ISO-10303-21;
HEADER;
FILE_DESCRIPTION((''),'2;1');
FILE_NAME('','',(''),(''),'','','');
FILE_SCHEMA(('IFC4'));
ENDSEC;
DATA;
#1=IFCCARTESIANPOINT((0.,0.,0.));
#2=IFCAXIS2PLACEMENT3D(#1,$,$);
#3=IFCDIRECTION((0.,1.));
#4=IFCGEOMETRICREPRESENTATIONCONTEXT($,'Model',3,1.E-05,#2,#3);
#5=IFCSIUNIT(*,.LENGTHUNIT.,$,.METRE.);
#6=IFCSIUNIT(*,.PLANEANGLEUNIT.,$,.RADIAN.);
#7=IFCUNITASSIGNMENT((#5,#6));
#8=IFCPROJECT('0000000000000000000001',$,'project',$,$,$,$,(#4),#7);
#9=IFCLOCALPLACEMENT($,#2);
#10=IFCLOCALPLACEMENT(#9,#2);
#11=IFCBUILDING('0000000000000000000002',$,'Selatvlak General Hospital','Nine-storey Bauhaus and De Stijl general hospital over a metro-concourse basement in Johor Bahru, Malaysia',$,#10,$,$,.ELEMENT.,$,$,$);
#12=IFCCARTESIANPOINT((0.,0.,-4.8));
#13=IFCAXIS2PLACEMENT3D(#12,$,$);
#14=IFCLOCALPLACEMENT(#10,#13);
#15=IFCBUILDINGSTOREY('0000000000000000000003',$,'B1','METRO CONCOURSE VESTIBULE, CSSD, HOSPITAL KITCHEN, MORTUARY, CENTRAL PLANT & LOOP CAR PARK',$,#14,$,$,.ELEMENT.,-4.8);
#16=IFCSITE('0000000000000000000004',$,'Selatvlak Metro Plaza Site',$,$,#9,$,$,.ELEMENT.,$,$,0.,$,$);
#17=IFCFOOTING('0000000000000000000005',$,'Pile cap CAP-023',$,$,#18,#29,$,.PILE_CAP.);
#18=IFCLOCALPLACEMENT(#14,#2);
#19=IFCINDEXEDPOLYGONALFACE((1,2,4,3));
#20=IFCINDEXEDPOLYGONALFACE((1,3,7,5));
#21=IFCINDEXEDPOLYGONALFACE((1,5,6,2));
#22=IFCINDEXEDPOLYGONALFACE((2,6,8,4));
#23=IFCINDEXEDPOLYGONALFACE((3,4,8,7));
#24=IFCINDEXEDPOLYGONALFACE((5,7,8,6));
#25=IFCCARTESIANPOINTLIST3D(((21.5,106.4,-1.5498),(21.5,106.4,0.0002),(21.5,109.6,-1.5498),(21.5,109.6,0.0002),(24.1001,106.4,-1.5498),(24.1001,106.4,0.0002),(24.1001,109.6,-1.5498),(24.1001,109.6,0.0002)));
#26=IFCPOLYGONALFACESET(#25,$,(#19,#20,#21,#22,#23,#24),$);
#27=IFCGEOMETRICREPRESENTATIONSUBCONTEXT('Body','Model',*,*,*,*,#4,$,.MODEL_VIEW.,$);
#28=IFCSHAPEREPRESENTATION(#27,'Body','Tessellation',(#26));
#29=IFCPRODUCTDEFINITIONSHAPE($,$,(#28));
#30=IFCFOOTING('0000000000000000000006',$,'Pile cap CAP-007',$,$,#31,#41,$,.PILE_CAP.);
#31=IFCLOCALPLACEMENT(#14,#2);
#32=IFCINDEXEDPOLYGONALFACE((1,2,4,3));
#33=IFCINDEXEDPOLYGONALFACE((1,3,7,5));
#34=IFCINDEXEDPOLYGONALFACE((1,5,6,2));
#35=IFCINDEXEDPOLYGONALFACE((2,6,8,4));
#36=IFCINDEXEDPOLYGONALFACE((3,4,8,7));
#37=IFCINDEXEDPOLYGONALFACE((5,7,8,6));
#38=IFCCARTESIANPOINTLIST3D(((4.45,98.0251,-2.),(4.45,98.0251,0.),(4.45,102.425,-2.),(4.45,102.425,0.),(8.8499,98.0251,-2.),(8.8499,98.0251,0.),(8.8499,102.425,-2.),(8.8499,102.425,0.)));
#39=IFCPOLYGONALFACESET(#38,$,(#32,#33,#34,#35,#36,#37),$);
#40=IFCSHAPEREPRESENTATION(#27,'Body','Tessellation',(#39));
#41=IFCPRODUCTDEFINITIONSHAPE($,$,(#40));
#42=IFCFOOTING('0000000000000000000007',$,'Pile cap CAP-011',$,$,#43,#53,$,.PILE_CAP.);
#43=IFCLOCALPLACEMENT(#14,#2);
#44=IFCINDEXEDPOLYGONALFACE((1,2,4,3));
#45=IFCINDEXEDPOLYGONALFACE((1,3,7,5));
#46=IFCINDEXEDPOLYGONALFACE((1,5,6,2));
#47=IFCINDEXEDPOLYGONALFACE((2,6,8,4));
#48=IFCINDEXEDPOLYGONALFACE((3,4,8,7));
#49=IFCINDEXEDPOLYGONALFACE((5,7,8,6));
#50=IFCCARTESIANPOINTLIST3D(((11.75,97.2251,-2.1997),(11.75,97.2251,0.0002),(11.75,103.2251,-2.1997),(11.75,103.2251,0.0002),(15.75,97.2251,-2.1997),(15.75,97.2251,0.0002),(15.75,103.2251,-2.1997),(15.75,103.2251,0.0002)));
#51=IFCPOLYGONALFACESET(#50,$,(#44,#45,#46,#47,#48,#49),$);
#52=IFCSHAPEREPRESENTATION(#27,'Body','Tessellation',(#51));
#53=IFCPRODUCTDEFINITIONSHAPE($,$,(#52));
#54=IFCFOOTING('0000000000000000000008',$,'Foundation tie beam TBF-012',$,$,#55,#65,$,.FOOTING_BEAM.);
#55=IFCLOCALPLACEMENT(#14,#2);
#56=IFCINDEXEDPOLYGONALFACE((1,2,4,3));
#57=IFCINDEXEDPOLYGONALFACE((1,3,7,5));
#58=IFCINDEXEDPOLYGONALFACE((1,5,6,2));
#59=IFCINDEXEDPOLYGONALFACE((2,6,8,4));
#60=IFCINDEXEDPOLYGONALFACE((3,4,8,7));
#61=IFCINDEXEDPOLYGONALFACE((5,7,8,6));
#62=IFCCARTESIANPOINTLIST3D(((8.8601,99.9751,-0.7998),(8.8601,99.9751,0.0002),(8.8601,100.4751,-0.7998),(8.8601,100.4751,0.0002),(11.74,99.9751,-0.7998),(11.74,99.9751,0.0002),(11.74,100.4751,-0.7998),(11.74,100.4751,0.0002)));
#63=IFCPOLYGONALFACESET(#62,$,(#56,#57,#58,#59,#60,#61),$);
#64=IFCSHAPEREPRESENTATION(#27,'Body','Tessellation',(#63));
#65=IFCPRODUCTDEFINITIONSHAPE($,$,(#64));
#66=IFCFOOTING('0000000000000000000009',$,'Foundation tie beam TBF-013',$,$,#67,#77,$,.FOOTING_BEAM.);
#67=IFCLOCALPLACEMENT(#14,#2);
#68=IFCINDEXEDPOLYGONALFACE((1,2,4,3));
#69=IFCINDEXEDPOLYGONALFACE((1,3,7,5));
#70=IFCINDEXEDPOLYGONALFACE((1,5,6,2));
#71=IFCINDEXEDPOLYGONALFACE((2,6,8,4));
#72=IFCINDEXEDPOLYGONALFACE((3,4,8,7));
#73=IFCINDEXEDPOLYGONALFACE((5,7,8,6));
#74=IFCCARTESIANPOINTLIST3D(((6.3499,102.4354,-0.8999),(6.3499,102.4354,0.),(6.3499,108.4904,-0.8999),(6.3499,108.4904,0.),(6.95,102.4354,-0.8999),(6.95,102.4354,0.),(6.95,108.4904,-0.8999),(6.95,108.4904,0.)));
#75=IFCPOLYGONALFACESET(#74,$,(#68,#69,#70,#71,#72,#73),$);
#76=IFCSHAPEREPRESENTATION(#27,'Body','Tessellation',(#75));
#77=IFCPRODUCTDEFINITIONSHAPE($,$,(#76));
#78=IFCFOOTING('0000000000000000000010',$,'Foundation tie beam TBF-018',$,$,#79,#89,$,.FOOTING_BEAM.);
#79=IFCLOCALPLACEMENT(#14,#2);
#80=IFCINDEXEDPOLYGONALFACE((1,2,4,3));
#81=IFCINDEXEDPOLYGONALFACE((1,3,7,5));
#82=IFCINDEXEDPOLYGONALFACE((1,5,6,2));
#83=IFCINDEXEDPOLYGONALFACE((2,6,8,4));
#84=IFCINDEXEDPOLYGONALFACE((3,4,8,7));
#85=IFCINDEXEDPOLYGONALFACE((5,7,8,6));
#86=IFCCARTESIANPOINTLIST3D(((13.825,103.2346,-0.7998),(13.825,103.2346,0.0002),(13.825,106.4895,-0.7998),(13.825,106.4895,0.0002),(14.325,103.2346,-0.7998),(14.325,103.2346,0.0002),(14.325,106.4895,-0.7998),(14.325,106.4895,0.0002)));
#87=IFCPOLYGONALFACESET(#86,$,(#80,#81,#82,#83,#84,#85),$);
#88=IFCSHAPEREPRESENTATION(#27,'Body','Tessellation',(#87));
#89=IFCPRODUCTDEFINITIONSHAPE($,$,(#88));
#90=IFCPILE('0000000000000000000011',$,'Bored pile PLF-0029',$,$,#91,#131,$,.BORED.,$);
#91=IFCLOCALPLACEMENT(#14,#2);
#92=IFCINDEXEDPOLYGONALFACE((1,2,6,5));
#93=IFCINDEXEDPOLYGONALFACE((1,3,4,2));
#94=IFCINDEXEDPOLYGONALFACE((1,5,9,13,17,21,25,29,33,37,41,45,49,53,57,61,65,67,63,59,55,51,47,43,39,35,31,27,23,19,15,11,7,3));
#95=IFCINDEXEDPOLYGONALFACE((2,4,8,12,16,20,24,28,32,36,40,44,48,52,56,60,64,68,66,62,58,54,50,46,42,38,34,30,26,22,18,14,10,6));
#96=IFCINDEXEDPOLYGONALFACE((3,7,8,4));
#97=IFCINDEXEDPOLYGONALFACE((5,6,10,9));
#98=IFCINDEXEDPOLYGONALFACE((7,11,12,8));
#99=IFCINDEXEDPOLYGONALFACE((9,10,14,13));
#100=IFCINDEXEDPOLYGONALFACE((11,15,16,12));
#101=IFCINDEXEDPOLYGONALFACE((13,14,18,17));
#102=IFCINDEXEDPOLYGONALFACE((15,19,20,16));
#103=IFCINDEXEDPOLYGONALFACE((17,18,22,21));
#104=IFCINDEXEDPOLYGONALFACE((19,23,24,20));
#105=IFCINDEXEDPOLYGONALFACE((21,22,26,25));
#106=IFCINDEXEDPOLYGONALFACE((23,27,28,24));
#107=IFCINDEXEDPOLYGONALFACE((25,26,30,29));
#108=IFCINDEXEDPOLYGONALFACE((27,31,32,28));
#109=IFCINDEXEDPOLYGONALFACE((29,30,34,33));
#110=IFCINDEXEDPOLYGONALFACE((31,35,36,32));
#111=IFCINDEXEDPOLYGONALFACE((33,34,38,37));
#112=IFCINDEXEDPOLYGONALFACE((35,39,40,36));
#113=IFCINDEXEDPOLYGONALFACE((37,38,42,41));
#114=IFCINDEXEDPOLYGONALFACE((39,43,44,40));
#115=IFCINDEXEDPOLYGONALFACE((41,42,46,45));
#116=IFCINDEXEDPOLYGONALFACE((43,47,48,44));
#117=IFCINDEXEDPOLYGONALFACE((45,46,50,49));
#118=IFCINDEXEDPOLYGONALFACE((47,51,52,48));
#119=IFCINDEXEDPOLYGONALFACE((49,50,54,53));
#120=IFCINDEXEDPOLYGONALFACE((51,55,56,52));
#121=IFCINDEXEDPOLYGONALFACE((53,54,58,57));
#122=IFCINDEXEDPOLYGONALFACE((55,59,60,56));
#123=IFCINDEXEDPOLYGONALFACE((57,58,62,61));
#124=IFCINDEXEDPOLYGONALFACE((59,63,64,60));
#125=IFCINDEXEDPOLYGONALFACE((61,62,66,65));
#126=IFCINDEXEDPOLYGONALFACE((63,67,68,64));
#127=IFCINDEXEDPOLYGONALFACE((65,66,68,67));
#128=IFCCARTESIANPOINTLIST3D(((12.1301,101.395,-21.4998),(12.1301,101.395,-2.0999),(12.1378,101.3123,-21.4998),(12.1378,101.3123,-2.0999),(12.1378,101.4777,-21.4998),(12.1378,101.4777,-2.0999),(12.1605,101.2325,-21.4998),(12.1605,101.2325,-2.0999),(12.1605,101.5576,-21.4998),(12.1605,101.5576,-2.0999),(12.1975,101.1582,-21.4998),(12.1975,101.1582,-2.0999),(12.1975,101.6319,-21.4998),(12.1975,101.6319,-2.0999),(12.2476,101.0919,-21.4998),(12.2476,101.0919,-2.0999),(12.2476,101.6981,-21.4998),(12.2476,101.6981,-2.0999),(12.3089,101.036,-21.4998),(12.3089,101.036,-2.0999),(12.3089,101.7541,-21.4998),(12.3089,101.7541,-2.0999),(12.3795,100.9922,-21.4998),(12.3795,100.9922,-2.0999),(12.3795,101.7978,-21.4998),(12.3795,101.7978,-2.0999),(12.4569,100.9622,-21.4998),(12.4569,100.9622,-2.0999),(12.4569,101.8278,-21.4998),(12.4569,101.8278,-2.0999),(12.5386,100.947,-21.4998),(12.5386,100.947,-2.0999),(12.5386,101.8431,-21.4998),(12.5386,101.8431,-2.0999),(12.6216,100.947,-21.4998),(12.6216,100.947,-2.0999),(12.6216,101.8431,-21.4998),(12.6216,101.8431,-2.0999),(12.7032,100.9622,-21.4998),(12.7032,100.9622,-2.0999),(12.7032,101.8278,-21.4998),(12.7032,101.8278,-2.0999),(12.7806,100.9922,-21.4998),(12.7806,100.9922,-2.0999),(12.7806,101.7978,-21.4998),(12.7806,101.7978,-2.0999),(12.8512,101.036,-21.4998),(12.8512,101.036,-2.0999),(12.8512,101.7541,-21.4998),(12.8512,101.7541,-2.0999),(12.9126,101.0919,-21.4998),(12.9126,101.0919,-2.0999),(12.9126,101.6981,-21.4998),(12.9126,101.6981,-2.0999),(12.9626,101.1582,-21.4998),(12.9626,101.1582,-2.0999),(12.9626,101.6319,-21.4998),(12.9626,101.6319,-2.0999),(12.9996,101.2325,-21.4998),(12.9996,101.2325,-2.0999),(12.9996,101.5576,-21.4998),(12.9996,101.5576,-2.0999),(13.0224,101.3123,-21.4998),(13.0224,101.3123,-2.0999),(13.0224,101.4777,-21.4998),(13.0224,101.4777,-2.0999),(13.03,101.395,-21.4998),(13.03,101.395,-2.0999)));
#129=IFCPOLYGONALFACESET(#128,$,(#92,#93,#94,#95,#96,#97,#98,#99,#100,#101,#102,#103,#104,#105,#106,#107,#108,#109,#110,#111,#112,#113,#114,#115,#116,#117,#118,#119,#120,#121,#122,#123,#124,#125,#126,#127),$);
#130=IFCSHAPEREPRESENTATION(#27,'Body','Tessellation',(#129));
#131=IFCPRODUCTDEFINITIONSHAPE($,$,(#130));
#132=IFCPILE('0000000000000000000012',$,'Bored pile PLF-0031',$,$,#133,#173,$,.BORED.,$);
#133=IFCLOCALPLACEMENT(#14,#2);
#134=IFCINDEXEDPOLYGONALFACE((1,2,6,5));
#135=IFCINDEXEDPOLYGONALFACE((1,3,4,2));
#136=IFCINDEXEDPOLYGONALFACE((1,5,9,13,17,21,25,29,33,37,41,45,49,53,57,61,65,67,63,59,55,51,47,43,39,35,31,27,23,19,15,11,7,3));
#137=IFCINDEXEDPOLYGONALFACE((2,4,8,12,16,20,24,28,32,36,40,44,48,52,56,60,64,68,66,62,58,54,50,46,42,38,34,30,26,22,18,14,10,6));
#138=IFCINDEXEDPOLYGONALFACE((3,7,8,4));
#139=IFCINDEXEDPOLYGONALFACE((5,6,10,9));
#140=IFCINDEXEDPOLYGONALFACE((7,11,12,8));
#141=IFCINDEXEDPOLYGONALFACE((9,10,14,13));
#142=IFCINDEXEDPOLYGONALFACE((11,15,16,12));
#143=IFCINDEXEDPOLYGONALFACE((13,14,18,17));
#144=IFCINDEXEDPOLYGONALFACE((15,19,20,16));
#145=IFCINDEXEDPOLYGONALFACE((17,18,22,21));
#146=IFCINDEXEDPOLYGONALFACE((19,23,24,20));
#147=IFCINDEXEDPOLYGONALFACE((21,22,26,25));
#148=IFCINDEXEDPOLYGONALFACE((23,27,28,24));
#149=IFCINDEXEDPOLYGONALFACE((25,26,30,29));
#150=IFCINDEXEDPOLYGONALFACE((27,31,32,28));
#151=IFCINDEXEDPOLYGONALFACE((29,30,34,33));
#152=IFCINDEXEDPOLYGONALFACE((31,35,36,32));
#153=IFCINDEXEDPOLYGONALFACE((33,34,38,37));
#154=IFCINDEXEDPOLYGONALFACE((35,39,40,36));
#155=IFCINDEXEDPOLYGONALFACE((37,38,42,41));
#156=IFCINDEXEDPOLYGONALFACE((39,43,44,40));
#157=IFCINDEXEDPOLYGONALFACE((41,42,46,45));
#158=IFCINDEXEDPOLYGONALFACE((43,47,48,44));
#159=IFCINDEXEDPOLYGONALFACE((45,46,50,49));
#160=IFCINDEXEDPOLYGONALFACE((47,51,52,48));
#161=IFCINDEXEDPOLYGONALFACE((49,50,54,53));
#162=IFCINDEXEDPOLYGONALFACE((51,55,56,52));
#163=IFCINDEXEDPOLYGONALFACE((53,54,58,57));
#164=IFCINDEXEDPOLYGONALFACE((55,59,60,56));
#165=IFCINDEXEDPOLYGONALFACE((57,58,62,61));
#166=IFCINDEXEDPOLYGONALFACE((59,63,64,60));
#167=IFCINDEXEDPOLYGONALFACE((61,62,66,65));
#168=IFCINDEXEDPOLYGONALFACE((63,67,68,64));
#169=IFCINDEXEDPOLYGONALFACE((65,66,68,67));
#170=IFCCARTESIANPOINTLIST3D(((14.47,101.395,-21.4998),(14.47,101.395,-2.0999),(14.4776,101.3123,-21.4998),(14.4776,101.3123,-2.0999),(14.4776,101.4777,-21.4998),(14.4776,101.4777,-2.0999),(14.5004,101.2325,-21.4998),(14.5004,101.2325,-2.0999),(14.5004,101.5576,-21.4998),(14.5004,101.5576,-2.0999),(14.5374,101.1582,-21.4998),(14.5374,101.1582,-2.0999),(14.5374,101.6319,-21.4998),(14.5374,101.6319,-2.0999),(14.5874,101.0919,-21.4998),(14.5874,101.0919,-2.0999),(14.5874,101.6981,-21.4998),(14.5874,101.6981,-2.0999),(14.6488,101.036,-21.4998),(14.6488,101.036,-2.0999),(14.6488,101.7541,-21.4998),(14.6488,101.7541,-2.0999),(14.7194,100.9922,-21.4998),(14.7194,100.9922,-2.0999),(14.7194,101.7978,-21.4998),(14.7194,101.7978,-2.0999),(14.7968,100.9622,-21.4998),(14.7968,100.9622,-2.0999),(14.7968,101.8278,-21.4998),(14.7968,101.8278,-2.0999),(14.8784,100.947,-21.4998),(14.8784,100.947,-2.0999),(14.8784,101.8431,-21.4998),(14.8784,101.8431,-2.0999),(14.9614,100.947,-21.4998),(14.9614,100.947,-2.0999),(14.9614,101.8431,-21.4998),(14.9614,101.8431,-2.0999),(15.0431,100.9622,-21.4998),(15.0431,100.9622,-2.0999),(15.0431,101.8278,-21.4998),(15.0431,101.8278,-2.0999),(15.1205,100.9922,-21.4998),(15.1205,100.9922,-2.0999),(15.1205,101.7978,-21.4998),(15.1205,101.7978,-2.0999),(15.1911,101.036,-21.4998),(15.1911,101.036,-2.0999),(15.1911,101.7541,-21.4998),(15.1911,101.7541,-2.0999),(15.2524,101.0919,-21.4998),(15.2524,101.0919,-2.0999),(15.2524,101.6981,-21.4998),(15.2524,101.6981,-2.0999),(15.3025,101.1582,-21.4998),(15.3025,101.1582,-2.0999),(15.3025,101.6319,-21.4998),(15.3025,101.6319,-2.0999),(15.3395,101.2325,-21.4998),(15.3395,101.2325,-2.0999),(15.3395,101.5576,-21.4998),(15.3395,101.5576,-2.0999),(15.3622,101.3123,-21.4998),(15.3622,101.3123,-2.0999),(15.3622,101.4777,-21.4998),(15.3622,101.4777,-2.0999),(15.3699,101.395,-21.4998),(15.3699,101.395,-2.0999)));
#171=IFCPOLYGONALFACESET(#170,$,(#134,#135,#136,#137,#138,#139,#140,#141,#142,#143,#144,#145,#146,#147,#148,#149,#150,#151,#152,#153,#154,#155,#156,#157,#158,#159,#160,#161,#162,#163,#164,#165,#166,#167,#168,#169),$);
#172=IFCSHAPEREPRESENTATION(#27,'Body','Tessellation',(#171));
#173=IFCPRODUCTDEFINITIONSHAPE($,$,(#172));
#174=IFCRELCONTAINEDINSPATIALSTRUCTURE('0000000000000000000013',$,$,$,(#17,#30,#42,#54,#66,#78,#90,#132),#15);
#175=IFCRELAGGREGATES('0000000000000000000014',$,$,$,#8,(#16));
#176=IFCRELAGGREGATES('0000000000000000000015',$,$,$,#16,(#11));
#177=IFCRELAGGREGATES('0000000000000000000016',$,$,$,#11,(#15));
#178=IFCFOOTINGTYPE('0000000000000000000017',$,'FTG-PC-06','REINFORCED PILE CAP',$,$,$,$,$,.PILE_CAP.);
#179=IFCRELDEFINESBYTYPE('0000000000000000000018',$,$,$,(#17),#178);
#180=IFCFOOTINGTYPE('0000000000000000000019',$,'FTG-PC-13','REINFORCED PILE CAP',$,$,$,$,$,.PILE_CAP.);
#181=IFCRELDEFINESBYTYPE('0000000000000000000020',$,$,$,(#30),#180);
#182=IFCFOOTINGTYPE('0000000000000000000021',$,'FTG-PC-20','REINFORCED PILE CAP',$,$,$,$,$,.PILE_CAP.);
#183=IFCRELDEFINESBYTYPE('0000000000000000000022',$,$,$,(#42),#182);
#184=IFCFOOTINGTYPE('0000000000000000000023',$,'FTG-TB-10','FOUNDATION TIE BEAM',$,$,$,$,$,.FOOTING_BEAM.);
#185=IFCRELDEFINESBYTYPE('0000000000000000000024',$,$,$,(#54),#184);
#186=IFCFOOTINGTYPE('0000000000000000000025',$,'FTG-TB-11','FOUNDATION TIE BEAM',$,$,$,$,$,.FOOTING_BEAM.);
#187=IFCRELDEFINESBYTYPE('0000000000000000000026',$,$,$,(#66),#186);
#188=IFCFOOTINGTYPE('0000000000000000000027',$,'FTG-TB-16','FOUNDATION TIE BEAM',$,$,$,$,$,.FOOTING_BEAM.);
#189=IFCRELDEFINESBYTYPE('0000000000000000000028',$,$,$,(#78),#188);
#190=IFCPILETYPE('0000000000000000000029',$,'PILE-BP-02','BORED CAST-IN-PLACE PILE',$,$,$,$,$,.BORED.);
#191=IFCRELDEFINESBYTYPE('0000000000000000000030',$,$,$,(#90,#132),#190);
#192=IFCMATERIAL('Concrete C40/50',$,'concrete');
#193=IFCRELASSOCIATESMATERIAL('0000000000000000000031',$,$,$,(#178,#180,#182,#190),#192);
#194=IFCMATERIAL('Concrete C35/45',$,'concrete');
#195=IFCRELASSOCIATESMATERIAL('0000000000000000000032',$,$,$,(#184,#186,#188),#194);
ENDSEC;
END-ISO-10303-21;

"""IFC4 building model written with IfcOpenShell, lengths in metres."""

from ifc_helpers import new_model, si_unit, direction, frame, origin, origin_2d, place, context, subcontext, project, spatial, rectangle, circle, extrude, material, material_profile, profile_set, type_object, element, save


model = new_model("IFC4")

# Units and contexts
model_context = context("Model", 3, precision=1e-05, world=origin(), true_north=direction((0.0, 1.0)))
body_context = subcontext(model_context, "Body", "Model", "MODEL_VIEW")
ifc_project = project(units=[si_unit("LENGTHUNIT", "METRE"), si_unit("PLANEANGLEUNIT", "RADIAN")], contexts=[model_context])

# Site, building, storey
site_placement = place(None, origin())
site = spatial("IfcSite", under=ifc_project, at=site_placement, Name="Selatvlak Metro Plaza Site", CompositionType="ELEMENT", RefElevation=0.0)
building_placement = place(site_placement, origin())
building = spatial("IfcBuilding", under=site, at=building_placement, Name="Selatvlak General Hospital", Description="Nine-storey Bauhaus and De Stijl general hospital over a metro-concourse basement in Johor Bahru, Malaysia", CompositionType="ELEMENT")
storey_placement = place(building_placement, frame((0.0, 0.0, -4.8)))
storey = spatial("IfcBuildingStorey", under=building, at=storey_placement, Name="B1", Description="METRO CONCOURSE VESTIBULE, CSSD, HOSPITAL KITCHEN, MORTUARY, CENTRAL PLANT & LOOP CAR PARK", CompositionType="ELEMENT", Elevation=-4.8)

# Footings
ifc_material_1 = material(Name="Concrete C40/50", Category="concrete")
footing_type_1 = type_object("IfcFootingType", Name="FTG-PC-06", Description="REINFORCED PILE CAP", PredefinedType="PILE_CAP", material=ifc_material_1)
footing_1_placement = place(storey_placement, frame((22.8, 108.0, -1.5498), z_axis=(0.0, 0.0, 1.0), x_axis=(1.0, 0.0, 0.0)))
element("IfcFooting", 1, at=footing_1_placement, inside=storey, type_object=footing_type_1, Name="Pile cap CAP-023", PredefinedType="PILE_CAP", context=body_context, shape_type="SweptSolid", body=[
    extrude(rectangle(XDim=2.6001, YDim=3.2, at=origin_2d()), origin(), (0.0, 0.0, 1.0), 1.55),
])
footing_type_2 = type_object("IfcFootingType", Name="FTG-PC-13", Description="REINFORCED PILE CAP", PredefinedType="PILE_CAP", material=ifc_material_1)
footing_2_placement = place(storey_placement, frame((6.6499, 100.2251, -2.0), z_axis=(0.0, 0.0, 1.0), x_axis=(1.0, 0.0, 0.0)))
element("IfcFooting", 2, at=footing_2_placement, inside=storey, type_object=footing_type_2, Name="Pile cap CAP-007", PredefinedType="PILE_CAP", context=body_context, shape_type="SweptSolid", body=[
    extrude(rectangle(XDim=4.3999, YDim=4.3999, at=origin_2d()), origin(), (0.0, 0.0, 1.0), 2.0),
])
footing_type_3 = type_object("IfcFootingType", Name="FTG-PC-20", Description="REINFORCED PILE CAP", PredefinedType="PILE_CAP", material=ifc_material_1)
footing_3_placement = place(storey_placement, frame((13.75, 100.2251, -2.1997), z_axis=(0.0, 0.0, 1.0), x_axis=(1.0, 0.0, 0.0)))
element("IfcFooting", 3, at=footing_3_placement, inside=storey, type_object=footing_type_3, Name="Pile cap CAP-011", PredefinedType="PILE_CAP", context=body_context, shape_type="SweptSolid", body=[
    extrude(rectangle(XDim=4.0, YDim=6.0, at=origin_2d()), origin(), (0.0, 0.0, 1.0), 2.2),
])
ifc_material_2 = material(Name="Concrete C35/45", Category="concrete")
footing_type_4 = type_object("IfcFootingType", Name="FTG-TB-10", Description="FOUNDATION TIE BEAM", PredefinedType="FOOTING_BEAM", material=ifc_material_2)
footing_4_placement = place(storey_placement, frame((10.3, 100.2251, -0.7998), z_axis=(0.0, 0.0, 1.0), x_axis=(1.0, 0.0, 0.0)))
element("IfcFooting", 4, at=footing_4_placement, inside=storey, type_object=footing_type_4, Name="Foundation tie beam TBF-012", PredefinedType="FOOTING_BEAM", context=body_context, shape_type="SweptSolid", body=[
    extrude(rectangle(XDim=2.8799, YDim=0.5, at=origin_2d()), origin(), (0.0, 0.0, 1.0), 0.8),
])
footing_type_5 = type_object("IfcFootingType", Name="FTG-TB-11", Description="FOUNDATION TIE BEAM", PredefinedType="FOOTING_BEAM", material=ifc_material_2)
footing_5_placement = place(storey_placement, frame((6.6499, 105.4629, -0.8999), z_axis=(0.0, 0.0, 1.0), x_axis=(0.0, 1.0, 0.0)))
element("IfcFooting", 5, at=footing_5_placement, inside=storey, type_object=footing_type_5, Name="Foundation tie beam TBF-013", PredefinedType="FOOTING_BEAM", context=body_context, shape_type="SweptSolid", body=[
    extrude(rectangle(XDim=6.0549, YDim=0.6001, at=origin_2d()), origin(), (0.0, 0.0, 1.0), 0.8999),
])
footing_type_6 = type_object("IfcFootingType", Name="FTG-TB-16", Description="FOUNDATION TIE BEAM", PredefinedType="FOOTING_BEAM", material=ifc_material_2)
footing_6_placement = place(storey_placement, frame((14.075, 104.8621, -0.7998), z_axis=(0.0, 0.0, 1.0), x_axis=(0.0, 1.0, 0.0)))
element("IfcFooting", 6, at=footing_6_placement, inside=storey, type_object=footing_type_6, Name="Foundation tie beam TBF-018", PredefinedType="FOOTING_BEAM", context=body_context, shape_type="SweptSolid", body=[
    extrude(rectangle(XDim=3.2549, YDim=0.5, at=origin_2d()), origin(), (0.0, 0.0, 1.0), 0.8),
])

# Piles
ifc_material_profile_1 = material_profile(ifc_material_1, circle(Radius=0.45, at=origin_2d()), Name="BORED PILE 900")
ifc_profile_set_1 = profile_set([ifc_material_profile_1], Name="Concrete C40/50")
pile_type_1 = type_object("IfcPileType", Name="PILE-BP-02", Description="BORED CAST-IN-PLACE PILE", PredefinedType="BORED", material=ifc_profile_set_1)
for number, where, z_axis, x_axis, name in (
    (7, (12.5801, 101.395, -2.0999), (0.0, 0.0, -1.0), (1.0, 0.0, 0.0), "Bored pile PLF-0029"),
    (8, (14.9199, 101.395, -2.0999), (0.0, 0.0, -1.0), (1.0, 0.0, 0.0), "Bored pile PLF-0031"),
):
    element("IfcPile", number, at=place(storey_placement, frame(where, z_axis=z_axis, x_axis=x_axis)), inside=storey, type_object=pile_type_1, Name=name, PredefinedType="BORED", context=body_context, shape_type="SweptSolid", body=[
        extrude(circle(Radius=0.45, at=origin_2d()), origin(), (0.0, 0.0, 1.0), 19.3999),
    ])

save(model, "model.ifc")
